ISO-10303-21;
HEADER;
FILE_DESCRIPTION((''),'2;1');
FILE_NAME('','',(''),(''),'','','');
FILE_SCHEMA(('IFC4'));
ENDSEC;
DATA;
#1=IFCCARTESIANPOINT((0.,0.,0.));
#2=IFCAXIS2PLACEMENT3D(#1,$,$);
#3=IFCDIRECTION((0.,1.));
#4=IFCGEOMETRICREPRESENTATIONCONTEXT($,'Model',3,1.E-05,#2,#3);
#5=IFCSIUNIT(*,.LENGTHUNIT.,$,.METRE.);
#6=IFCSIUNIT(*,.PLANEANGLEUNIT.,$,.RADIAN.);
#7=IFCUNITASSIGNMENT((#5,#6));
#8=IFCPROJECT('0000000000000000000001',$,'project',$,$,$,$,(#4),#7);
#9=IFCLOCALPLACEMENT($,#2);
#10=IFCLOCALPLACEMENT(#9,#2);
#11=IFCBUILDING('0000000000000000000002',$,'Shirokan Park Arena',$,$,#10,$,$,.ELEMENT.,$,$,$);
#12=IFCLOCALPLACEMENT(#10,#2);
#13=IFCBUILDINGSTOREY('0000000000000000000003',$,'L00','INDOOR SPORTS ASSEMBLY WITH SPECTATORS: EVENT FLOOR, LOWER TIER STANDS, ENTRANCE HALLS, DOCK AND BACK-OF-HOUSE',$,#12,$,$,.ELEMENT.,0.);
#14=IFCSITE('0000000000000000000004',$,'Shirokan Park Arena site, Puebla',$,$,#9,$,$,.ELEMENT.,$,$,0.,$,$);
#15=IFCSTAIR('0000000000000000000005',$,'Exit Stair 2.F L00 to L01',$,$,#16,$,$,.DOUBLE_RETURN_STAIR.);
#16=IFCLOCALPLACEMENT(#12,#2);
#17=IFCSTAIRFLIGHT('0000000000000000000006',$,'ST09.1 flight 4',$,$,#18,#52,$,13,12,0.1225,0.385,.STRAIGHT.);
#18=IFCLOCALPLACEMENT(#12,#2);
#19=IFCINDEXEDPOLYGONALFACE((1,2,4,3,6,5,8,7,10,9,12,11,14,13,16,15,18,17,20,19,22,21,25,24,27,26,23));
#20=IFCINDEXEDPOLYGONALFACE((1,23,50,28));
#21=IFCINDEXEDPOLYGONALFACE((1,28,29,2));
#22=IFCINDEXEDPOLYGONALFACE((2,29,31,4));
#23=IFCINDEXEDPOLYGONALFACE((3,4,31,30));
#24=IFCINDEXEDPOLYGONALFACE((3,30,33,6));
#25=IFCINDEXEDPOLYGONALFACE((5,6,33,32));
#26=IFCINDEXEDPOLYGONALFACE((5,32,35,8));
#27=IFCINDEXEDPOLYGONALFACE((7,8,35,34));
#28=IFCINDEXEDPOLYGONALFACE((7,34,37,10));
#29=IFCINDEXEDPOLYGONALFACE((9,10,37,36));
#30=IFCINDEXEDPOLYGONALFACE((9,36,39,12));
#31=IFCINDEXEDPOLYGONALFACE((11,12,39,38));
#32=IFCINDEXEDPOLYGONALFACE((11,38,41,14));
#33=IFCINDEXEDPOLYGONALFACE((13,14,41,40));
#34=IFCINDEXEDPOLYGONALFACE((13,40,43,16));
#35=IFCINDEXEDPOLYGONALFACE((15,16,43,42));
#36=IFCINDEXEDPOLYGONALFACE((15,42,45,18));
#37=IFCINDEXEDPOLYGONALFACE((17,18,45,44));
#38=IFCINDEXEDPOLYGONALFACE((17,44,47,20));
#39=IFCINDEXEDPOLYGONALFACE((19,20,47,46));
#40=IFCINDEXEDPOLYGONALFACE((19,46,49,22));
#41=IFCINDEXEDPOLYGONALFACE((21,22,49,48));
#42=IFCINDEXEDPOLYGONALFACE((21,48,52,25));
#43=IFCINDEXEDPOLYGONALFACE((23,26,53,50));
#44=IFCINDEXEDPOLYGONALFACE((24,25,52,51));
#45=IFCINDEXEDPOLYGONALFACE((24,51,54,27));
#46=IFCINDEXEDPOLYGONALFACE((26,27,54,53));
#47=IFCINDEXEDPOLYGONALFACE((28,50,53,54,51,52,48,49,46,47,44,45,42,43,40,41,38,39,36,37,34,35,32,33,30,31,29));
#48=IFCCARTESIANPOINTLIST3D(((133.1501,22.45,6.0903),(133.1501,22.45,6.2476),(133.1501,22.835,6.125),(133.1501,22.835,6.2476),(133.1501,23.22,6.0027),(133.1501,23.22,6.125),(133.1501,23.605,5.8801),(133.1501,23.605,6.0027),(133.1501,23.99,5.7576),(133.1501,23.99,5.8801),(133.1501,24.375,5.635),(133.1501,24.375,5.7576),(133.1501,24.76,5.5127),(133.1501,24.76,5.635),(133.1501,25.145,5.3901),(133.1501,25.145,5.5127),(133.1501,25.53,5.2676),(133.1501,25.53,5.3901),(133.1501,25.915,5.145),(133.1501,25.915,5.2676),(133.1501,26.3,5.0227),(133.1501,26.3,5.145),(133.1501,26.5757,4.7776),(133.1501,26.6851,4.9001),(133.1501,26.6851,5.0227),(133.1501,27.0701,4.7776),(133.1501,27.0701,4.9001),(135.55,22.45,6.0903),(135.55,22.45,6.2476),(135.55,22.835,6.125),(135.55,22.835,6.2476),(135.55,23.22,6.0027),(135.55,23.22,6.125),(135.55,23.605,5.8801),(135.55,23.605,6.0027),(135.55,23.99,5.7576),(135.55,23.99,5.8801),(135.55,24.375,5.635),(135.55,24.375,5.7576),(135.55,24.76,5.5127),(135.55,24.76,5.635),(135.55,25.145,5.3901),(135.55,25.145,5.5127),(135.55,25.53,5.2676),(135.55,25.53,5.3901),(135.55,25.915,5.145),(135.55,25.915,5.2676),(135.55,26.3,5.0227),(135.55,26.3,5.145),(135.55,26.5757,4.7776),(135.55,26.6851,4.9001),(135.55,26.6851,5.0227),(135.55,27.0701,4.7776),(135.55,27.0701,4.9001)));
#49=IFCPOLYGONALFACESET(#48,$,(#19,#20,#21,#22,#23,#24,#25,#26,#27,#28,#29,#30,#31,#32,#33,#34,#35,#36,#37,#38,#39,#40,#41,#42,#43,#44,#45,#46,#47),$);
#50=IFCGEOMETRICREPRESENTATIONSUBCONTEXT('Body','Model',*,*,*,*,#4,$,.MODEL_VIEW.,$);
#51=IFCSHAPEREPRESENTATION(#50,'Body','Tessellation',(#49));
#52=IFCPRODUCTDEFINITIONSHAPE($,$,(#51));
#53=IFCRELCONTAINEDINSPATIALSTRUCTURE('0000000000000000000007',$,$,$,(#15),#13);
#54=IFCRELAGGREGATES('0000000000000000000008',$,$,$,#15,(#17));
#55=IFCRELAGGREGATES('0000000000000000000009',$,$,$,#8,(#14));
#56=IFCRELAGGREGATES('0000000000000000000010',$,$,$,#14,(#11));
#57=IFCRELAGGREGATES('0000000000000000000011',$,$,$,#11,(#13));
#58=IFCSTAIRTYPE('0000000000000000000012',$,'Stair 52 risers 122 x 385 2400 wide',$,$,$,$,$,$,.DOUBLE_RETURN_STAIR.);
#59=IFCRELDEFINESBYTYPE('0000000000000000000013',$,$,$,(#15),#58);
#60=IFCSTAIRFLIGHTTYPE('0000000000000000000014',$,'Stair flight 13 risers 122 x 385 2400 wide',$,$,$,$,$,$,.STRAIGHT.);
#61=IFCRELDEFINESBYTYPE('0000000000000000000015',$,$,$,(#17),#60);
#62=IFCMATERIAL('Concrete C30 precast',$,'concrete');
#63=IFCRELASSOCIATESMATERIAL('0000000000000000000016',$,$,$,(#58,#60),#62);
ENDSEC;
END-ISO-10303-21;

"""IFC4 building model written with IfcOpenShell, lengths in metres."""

from ifc_helpers import new_model, si_unit, direction, frame, origin, place, context, subcontext, project, spatial, polyline, outline, extrude, material, type_object, element, aggregate, save


model = new_model("IFC4")

# Units and contexts
model_context = context("Model", 3, precision=1e-05, world=origin(), true_north=direction((0.0, 1.0)))
body_context = subcontext(model_context, "Body", "Model", "MODEL_VIEW")
ifc_project = project(units=[si_unit("LENGTHUNIT", "METRE"), si_unit("PLANEANGLEUNIT", "RADIAN")], contexts=[model_context])

# Site, building, storey
site_placement = place(None, origin())
site = spatial("IfcSite", under=ifc_project, at=site_placement, Name="Shirokan Park Arena site, Puebla", CompositionType="ELEMENT", RefElevation=0.0)
building_placement = place(site_placement, origin())
building = spatial("IfcBuilding", under=site, at=building_placement, Name="Shirokan Park Arena", CompositionType="ELEMENT")
storey_placement = place(building_placement, origin())
storey = spatial("IfcBuildingStorey", under=building, at=storey_placement, Name="L00", Description="INDOOR SPORTS ASSEMBLY WITH SPECTATORS: EVENT FLOOR, LOWER TIER STANDS, ENTRANCE HALLS, DOCK AND BACK-OF-HOUSE", CompositionType="ELEMENT", Elevation=0.0)

# Stair, stair flight
ifc_material_1 = material(Name="Concrete C30 precast", Category="concrete")
stair_type = type_object("IfcStairType", Name="Stair 52 risers 122 x 385 2400 wide", PredefinedType="DOUBLE_RETURN_STAIR", material=ifc_material_1)
stair_placement = place(storey_placement, origin())
stair = element("IfcStair", 1, at=stair_placement, inside=storey, type_object=stair_type, Name="Exit Stair 2.F L00 to L01", PredefinedType="DOUBLE_RETURN_STAIR")
stair_flight_type = type_object("IfcStairFlightType", Name="Stair flight 13 risers 122 x 385 2400 wide", PredefinedType="STRAIGHT", material=ifc_material_1)
stair_flight_1_placement = place(storey_placement, frame((134.3501, 27.0701, 4.7776), z_axis=(0.0, 0.0, 1.0), x_axis=(0.0, -1.0, 0.0)))
stair_flight_1 = element("IfcStairFlight", 2, at=stair_flight_1_placement, type_object=stair_flight_type, Name="ST09.1 flight 4", NumberOfRisers=13, NumberOfTreads=12, PredefinedType="STRAIGHT", RiserHeight=0.1225, TreadLength=0.385, context=body_context, shape_type="SweptSolid", body=[
    extrude(outline(polyline([(0.0, 0.0), (0.0, 0.1226), (0.385, 0.1226), (0.385, 0.2451), (0.77, 0.2451), (0.77, 0.3674), (1.155, 0.3674), (1.155, 0.49), (1.54, 0.49), (1.54, 0.6125), (1.925, 0.6125), (1.925, 0.7351), (2.3101, 0.7351), (2.3101, 0.8574), (2.6951, 0.8574), (2.6951, 0.98), (3.0801, 0.98), (3.0801, 1.1025), (3.4651, 1.1025), (3.4651, 1.2251), (3.8501, 1.2251), (3.8501, 1.3474), (4.2351, 1.3474), (4.2351, 1.47), (4.6201, 1.47), (4.6201, 1.5925), (4.6201, 1.3127), (0.4944, 0.0), (0.0, 0.0)])), frame((0.0, 1.2, 0.0), z_axis=(0.0, -1.0, 0.0), x_axis=(1.0, 0.0, 0.0)), (0.0, 0.0, 1.0), 2.3999),
])
aggregate(stair, [stair_flight_1])

save(model, "model.ifc")
